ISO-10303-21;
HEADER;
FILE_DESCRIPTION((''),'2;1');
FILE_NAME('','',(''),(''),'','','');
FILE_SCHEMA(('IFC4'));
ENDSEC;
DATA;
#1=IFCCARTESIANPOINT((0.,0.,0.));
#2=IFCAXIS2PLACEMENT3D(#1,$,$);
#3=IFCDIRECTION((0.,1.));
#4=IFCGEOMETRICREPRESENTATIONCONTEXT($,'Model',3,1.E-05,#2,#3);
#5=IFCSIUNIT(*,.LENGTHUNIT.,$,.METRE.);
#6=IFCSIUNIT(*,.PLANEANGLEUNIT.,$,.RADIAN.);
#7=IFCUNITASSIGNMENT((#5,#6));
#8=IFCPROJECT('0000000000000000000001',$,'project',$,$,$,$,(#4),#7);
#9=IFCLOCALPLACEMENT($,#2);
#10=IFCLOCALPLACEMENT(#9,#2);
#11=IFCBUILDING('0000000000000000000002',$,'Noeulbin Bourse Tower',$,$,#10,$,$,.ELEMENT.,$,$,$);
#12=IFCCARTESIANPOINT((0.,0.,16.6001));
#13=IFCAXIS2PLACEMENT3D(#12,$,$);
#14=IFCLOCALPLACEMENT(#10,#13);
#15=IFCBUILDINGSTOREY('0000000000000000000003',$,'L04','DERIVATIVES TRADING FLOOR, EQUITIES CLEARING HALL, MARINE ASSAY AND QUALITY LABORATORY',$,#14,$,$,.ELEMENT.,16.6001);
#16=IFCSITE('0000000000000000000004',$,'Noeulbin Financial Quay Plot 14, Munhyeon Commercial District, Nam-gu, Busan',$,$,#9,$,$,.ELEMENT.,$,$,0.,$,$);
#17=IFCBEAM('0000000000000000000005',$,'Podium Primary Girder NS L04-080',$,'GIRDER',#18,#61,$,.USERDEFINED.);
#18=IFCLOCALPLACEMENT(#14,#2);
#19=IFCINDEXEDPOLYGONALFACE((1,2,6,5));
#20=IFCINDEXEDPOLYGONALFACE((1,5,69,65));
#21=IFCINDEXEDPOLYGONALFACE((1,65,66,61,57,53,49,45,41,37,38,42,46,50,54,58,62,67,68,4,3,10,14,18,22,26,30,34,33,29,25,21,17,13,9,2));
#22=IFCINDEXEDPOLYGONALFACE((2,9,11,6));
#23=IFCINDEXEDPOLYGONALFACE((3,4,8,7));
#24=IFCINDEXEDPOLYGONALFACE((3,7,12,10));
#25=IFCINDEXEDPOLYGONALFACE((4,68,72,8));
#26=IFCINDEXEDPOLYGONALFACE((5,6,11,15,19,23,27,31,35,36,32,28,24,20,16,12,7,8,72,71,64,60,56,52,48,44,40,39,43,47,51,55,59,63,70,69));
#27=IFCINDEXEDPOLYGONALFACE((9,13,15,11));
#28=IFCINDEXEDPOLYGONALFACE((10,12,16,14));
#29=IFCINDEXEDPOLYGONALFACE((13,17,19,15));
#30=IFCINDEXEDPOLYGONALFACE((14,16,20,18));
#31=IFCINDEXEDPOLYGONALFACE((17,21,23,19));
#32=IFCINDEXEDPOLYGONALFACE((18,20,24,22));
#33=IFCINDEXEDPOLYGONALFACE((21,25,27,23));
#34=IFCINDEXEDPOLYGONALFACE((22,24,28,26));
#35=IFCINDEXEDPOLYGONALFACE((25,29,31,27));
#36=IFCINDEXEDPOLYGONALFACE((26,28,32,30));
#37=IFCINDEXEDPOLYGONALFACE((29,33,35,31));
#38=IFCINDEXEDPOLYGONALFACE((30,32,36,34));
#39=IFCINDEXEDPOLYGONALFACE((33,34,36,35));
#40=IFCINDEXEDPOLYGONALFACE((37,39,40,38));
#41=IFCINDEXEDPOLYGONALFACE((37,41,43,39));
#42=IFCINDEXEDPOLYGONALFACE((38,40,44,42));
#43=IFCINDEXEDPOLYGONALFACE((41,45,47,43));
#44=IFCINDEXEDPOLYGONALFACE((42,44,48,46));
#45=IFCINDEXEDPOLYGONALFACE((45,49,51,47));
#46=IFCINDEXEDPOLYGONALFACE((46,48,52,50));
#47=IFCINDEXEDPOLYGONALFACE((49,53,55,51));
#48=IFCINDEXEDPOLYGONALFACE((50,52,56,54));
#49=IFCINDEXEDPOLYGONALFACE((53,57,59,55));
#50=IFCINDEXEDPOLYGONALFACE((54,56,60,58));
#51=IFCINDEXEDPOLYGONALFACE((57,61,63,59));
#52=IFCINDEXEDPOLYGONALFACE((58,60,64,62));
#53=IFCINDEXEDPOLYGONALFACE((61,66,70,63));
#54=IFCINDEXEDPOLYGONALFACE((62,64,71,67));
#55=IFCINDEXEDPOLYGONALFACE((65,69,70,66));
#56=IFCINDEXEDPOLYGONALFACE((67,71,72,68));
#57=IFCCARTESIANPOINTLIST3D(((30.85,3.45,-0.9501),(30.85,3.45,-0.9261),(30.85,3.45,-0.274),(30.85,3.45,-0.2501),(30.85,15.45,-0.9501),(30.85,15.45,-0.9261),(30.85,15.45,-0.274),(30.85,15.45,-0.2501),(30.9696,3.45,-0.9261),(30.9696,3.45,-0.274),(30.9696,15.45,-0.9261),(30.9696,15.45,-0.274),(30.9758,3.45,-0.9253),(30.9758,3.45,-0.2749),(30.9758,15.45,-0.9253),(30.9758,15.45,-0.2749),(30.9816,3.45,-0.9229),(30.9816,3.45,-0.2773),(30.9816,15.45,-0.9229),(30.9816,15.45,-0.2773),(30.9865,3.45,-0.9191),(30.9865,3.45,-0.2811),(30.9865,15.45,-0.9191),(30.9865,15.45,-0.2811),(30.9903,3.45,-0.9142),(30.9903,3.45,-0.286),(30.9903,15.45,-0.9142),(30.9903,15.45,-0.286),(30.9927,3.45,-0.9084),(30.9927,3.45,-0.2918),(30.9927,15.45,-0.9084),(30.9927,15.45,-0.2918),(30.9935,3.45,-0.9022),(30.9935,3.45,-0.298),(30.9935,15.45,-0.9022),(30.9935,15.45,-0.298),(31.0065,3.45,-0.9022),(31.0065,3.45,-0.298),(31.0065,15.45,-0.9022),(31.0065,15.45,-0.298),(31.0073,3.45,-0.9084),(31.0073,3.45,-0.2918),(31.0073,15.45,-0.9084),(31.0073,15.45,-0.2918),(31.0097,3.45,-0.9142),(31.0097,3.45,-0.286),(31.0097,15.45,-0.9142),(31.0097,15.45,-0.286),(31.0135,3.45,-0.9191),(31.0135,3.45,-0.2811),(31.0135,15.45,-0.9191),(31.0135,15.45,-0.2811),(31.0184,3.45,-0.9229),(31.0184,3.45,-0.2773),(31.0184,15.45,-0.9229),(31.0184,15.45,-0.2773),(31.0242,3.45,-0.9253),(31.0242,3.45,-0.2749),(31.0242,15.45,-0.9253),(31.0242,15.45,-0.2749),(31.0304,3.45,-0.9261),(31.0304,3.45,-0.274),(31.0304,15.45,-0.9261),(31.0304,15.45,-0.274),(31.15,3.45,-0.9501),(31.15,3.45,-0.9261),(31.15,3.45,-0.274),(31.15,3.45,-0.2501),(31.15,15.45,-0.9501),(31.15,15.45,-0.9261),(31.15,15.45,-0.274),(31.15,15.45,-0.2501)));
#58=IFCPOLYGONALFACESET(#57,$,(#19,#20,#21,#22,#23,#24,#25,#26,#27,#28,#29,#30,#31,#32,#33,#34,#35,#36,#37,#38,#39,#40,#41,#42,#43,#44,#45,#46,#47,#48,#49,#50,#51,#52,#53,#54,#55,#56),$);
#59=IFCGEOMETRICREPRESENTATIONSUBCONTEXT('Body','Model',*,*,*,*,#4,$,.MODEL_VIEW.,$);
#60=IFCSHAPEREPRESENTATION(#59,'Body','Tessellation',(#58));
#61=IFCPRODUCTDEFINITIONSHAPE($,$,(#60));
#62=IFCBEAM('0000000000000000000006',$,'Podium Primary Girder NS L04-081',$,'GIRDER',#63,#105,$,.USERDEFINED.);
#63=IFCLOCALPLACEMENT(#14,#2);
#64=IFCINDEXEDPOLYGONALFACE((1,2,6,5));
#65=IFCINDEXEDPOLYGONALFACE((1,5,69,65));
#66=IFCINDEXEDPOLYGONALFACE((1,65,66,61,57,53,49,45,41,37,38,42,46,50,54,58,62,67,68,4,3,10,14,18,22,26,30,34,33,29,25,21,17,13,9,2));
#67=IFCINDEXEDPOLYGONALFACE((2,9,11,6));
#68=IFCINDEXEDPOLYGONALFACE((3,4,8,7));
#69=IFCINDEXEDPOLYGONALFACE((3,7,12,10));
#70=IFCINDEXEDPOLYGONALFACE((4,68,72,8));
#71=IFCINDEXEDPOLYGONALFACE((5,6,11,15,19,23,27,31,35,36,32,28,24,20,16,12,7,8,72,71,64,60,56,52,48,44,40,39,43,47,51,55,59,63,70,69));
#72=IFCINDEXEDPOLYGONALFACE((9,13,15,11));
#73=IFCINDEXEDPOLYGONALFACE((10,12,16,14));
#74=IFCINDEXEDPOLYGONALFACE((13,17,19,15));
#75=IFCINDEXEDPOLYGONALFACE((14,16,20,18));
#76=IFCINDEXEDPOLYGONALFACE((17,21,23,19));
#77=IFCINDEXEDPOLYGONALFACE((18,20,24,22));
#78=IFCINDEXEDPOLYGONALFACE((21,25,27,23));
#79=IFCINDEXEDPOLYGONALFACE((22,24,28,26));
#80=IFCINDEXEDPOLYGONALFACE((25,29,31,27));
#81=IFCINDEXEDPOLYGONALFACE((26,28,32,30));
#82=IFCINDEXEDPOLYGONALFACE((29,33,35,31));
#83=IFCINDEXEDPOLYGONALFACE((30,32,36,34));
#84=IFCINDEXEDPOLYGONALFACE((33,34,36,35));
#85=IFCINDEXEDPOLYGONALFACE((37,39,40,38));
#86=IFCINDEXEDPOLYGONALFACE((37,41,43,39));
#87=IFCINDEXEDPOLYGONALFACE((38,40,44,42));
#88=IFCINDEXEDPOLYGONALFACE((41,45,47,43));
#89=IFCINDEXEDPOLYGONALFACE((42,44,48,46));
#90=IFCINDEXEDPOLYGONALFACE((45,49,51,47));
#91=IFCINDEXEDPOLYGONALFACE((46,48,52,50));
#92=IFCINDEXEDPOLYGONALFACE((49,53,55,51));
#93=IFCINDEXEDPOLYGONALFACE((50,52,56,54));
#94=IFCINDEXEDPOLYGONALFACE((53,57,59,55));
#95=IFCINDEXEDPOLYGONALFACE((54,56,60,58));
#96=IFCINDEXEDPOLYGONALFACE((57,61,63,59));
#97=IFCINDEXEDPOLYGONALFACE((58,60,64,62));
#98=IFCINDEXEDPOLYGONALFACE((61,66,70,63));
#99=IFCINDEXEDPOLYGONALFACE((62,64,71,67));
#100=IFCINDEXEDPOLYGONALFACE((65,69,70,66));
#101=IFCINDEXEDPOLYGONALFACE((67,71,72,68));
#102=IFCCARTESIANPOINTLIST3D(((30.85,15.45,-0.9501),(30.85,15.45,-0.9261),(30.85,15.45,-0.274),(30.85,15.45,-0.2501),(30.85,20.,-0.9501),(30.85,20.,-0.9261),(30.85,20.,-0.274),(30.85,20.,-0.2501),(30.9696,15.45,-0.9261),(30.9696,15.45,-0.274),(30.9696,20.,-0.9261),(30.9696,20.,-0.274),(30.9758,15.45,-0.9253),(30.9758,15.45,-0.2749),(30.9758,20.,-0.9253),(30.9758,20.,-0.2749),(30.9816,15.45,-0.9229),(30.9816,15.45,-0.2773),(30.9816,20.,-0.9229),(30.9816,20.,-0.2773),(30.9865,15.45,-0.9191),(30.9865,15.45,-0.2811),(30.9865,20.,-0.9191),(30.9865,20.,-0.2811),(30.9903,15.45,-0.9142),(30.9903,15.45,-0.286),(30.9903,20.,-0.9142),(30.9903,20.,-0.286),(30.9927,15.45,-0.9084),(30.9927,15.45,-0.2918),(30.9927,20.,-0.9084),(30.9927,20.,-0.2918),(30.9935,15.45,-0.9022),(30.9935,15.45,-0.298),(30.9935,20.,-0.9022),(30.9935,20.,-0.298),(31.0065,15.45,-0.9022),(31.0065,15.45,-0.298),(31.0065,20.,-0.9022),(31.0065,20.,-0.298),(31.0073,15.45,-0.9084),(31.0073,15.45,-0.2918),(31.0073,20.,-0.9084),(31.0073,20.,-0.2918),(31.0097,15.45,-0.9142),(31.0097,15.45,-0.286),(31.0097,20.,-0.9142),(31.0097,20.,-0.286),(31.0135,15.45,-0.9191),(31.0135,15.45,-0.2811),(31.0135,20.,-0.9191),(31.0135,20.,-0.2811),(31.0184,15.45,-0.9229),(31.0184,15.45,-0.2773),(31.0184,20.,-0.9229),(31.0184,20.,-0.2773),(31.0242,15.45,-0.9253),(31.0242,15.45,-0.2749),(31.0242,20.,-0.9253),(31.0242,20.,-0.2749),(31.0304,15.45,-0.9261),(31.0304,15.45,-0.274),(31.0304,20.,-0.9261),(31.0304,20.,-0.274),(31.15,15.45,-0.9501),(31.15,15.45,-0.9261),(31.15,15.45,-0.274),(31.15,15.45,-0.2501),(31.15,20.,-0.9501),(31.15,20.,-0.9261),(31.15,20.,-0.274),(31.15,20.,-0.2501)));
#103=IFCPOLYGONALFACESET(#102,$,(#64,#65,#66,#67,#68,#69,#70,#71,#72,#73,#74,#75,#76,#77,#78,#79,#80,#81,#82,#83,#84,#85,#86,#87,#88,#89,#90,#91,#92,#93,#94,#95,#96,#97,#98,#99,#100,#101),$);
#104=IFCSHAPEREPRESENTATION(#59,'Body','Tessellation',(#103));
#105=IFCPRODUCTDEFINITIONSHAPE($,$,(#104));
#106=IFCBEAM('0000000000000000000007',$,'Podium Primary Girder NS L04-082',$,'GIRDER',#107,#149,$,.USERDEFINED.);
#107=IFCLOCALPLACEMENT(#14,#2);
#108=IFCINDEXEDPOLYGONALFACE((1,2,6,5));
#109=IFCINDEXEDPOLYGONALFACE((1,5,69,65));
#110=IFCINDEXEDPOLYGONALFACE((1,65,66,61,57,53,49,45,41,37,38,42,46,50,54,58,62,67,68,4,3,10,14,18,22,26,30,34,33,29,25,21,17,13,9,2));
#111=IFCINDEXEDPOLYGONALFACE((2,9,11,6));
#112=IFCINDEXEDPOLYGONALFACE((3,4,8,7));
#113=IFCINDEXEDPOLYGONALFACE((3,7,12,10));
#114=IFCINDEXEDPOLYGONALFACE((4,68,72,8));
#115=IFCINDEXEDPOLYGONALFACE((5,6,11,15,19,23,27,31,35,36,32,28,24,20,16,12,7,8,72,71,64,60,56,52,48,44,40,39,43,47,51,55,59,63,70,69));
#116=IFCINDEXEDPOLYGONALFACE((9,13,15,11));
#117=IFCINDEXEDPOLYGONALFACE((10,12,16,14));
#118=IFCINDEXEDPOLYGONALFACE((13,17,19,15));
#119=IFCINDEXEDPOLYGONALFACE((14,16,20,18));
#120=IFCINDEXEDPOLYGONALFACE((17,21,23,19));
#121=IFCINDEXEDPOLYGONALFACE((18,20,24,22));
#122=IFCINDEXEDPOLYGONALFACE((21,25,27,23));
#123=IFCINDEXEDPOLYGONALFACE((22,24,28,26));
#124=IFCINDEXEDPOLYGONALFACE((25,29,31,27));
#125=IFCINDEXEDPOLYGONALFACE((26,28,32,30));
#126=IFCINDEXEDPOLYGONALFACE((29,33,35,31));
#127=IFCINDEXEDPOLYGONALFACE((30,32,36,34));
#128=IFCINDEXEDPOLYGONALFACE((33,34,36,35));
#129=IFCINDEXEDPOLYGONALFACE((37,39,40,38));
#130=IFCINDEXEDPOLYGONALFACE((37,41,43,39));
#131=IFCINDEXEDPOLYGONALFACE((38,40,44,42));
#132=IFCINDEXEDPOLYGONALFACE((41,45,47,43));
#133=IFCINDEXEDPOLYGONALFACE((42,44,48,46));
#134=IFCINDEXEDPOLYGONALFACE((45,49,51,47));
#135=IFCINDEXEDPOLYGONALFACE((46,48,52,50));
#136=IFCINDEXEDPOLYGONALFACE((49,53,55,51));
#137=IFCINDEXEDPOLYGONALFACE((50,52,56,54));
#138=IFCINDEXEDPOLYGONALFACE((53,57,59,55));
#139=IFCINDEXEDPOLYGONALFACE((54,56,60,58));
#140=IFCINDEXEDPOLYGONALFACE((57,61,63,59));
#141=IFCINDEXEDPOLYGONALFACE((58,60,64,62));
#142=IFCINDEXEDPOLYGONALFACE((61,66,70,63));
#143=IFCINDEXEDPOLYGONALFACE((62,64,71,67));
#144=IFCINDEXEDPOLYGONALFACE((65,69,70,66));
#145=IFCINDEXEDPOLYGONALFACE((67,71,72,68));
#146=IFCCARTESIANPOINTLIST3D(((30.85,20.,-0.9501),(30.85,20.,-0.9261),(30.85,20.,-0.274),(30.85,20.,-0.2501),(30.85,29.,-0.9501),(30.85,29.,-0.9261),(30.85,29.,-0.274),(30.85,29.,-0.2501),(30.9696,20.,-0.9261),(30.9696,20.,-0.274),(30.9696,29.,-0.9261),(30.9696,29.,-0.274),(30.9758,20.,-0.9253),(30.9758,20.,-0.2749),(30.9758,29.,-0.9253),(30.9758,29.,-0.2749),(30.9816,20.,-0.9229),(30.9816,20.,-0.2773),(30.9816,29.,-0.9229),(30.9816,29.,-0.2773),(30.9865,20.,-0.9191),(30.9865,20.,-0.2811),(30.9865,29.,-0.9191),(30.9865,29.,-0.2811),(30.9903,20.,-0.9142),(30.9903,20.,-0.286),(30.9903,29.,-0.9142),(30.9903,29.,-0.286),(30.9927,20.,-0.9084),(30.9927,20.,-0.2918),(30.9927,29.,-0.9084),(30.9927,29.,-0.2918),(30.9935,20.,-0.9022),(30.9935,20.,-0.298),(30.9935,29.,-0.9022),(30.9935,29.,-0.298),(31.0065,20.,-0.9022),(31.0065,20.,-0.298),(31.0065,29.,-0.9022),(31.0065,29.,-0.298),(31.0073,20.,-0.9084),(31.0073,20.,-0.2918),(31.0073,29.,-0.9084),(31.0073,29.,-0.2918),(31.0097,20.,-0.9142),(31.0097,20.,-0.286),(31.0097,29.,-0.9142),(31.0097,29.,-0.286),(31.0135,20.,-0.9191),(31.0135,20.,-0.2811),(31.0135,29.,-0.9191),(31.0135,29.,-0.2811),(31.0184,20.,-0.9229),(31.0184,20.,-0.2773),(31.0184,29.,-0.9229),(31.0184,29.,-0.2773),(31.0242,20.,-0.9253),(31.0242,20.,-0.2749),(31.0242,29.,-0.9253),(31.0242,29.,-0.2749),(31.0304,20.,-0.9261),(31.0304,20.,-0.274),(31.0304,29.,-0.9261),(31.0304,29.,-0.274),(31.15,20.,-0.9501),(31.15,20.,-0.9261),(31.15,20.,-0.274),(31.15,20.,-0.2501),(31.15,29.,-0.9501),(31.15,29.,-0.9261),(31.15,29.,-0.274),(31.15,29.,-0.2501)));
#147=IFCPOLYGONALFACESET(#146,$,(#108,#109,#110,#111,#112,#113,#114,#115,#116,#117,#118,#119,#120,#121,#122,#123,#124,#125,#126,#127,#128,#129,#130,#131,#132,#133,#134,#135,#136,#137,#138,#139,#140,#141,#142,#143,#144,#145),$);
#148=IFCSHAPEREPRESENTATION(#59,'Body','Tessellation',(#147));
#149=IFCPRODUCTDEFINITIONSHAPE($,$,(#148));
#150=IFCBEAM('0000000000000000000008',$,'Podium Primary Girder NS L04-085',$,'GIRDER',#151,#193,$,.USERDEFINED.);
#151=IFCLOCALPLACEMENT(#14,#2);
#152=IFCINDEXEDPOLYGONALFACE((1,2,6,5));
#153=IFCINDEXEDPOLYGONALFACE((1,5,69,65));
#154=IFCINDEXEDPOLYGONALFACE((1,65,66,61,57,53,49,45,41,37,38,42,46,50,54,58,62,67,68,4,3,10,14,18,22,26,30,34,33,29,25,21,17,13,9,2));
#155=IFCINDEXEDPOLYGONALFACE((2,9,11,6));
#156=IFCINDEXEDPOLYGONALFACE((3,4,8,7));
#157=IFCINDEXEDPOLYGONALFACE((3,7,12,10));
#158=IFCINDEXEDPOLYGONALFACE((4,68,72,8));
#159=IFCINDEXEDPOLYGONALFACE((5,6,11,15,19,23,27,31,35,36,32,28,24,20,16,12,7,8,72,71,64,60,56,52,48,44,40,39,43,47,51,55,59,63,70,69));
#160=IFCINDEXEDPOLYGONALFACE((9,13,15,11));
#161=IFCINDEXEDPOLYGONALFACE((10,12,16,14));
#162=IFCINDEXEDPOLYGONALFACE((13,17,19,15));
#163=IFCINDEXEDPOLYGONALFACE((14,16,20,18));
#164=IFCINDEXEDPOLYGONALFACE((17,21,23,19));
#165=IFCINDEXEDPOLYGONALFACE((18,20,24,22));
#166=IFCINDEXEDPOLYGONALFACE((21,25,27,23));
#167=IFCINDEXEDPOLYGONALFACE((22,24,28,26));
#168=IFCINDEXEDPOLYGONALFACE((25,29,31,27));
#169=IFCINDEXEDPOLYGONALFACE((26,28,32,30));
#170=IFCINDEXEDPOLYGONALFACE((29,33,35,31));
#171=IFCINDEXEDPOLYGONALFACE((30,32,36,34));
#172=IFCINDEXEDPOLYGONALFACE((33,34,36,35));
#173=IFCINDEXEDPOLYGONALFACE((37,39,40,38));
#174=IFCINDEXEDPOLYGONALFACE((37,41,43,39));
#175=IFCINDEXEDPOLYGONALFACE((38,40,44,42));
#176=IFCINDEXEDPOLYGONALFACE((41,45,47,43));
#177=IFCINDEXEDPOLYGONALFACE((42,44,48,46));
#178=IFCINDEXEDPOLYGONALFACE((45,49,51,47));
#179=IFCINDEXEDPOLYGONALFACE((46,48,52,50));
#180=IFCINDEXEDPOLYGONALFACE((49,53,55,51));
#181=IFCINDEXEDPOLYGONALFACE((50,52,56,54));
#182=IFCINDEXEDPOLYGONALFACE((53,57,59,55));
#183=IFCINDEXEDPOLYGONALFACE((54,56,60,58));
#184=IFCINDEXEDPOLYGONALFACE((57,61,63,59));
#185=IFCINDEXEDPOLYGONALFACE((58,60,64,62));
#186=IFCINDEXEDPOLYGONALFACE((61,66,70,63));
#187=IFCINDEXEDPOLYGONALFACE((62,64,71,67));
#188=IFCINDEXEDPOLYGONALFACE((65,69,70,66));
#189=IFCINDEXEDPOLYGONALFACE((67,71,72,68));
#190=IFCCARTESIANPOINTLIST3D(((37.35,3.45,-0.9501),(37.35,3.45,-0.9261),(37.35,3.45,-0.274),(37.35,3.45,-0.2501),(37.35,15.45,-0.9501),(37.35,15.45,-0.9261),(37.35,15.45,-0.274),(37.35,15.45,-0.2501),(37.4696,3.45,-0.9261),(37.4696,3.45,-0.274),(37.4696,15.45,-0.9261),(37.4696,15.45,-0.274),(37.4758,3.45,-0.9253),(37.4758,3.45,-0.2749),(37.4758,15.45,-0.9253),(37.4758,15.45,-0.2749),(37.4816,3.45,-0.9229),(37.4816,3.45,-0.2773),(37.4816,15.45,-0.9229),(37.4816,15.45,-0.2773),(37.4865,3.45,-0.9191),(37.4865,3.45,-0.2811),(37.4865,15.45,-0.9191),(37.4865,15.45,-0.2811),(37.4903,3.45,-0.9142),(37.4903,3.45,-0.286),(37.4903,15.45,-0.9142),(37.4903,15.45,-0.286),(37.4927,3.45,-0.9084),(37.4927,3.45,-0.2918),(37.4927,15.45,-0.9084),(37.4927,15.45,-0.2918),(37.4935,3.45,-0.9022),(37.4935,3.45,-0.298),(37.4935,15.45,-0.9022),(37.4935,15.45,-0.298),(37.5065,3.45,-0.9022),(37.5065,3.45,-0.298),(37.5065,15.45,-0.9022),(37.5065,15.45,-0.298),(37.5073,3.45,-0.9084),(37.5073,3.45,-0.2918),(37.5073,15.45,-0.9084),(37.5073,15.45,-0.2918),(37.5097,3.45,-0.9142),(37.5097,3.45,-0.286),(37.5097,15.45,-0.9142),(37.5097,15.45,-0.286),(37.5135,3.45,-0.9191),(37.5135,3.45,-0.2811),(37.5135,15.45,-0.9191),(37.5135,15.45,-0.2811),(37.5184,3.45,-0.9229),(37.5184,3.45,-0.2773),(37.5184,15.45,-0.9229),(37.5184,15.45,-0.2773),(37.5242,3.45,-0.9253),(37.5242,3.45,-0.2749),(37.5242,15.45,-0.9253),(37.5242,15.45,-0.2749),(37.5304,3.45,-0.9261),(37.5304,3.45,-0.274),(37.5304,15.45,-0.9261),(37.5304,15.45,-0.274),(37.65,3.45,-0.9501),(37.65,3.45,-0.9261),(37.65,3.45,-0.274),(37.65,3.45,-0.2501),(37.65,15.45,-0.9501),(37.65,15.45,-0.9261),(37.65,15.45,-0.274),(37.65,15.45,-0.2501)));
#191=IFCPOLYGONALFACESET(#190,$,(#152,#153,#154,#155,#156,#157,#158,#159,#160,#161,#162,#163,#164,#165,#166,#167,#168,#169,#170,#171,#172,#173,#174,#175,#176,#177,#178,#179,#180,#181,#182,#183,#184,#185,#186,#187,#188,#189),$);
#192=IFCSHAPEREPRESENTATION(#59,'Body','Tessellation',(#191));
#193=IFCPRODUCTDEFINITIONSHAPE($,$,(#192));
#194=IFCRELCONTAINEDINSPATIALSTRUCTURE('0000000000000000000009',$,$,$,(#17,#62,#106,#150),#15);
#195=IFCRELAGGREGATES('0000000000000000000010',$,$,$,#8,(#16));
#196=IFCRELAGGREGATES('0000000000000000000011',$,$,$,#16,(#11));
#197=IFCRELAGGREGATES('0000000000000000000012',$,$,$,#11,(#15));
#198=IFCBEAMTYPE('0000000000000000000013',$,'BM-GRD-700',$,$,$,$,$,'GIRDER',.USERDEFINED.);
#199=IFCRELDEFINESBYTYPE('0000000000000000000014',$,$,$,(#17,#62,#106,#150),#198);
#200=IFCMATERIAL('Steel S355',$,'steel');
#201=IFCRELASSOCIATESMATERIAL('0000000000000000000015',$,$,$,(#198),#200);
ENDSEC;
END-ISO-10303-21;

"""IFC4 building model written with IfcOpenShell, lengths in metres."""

from ifc_helpers import new_model, si_unit, direction, frame, origin, origin_2d, place, context, subcontext, project, spatial, i_section, extrude, material, material_profile, profile_set, type_object, element, save


model = new_model("IFC4")

# Units and contexts
model_context = context("Model", 3, precision=1e-05, world=origin(), true_north=direction((0.0, 1.0)))
body_context = subcontext(model_context, "Body", "Model", "MODEL_VIEW")
ifc_project = project(units=[si_unit("LENGTHUNIT", "METRE"), si_unit("PLANEANGLEUNIT", "RADIAN")], contexts=[model_context])

# Site, building, storey
site_placement = place(None, origin())
site = spatial("IfcSite", under=ifc_project, at=site_placement, Name="Noeulbin Financial Quay Plot 14, Munhyeon Commercial District, Nam-gu, Busan", CompositionType="ELEMENT", RefElevation=0.0)
building_placement = place(site_placement, origin())
building = spatial("IfcBuilding", under=site, at=building_placement, Name="Noeulbin Bourse Tower", CompositionType="ELEMENT")
storey_placement = place(building_placement, frame((0.0, 0.0, 16.6001)))
storey = spatial("IfcBuildingStorey", under=building, at=storey_placement, Name="L04", Description="DERIVATIVES TRADING FLOOR, EQUITIES CLEARING HALL, MARINE ASSAY AND QUALITY LABORATORY", CompositionType="ELEMENT", Elevation=16.6001)

# Beams
ifc_material_1 = material(Name="Steel S355", Category="steel")
ifc_material_profile_1 = material_profile(ifc_material_1, i_section(OverallWidth=0.3, OverallDepth=0.7, WebThickness=0.0129, FlangeThickness=0.0239, FilletRadius=0.0239, at=origin_2d()), Name="H-700x300x13x24", Category="LoadBearing")
ifc_profile_set_1 = profile_set([ifc_material_profile_1], Name="Steel S355")
beam_type_1 = type_object("IfcBeamType", Name="BM-GRD-700", ElementType="GIRDER", PredefinedType="USERDEFINED", material=ifc_profile_set_1)
beam_1_placement = place(storey_placement, frame((31.0, 3.45, -0.6001), z_axis=(0.0, 1.0, 0.0), x_axis=(-1.0, 0.0, 0.0)))
element("IfcBeam", 1, at=beam_1_placement, inside=storey, type_object=beam_type_1, Name="Podium Primary Girder NS L04-080", ObjectType="GIRDER", PredefinedType="USERDEFINED", context=body_context, shape_type="SweptSolid", body=[
    extrude(i_section(OverallWidth=0.3, OverallDepth=0.7, WebThickness=0.0129, FlangeThickness=0.0239, FilletRadius=0.0239, at=origin_2d()), origin(), (0.0, 0.0, 1.0), 12.0),
])
beam_2_placement = place(storey_placement, frame((31.0, 15.45, -0.6001), z_axis=(0.0, 1.0, 0.0), x_axis=(-1.0, 0.0, 0.0)))
element("IfcBeam", 2, at=beam_2_placement, inside=storey, type_object=beam_type_1, Name="Podium Primary Girder NS L04-081", ObjectType="GIRDER", PredefinedType="USERDEFINED", context=body_context, shape_type="SweptSolid", body=[
    extrude(i_section(OverallWidth=0.3, OverallDepth=0.7, WebThickness=0.0129, FlangeThickness=0.0239, FilletRadius=0.0239, at=origin_2d()), origin(), (0.0, 0.0, 1.0), 4.55),
])
beam_3_placement = place(storey_placement, frame((31.0, 20.0, -0.6001), z_axis=(0.0, 1.0, 0.0), x_axis=(-1.0, 0.0, 0.0)))
element("IfcBeam", 3, at=beam_3_placement, inside=storey, type_object=beam_type_1, Name="Podium Primary Girder NS L04-082", ObjectType="GIRDER", PredefinedType="USERDEFINED", context=body_context, shape_type="SweptSolid", body=[
    extrude(i_section(OverallWidth=0.3, OverallDepth=0.7, WebThickness=0.0129, FlangeThickness=0.0239, FilletRadius=0.0239, at=origin_2d()), origin(), (0.0, 0.0, 1.0), 9.0),
])
beam_4_placement = place(storey_placement, frame((37.5, 3.45, -0.6001), z_axis=(0.0, 1.0, 0.0), x_axis=(-1.0, 0.0, 0.0)))
element("IfcBeam", 4, at=beam_4_placement, inside=storey, type_object=beam_type_1, Name="Podium Primary Girder NS L04-085", ObjectType="GIRDER", PredefinedType="USERDEFINED", context=body_context, shape_type="SweptSolid", body=[
    extrude(i_section(OverallWidth=0.3, OverallDepth=0.7, WebThickness=0.0129, FlangeThickness=0.0239, FilletRadius=0.0239, at=origin_2d()), origin(), (0.0, 0.0, 1.0), 12.0),
])

save(model, "model.ifc")
